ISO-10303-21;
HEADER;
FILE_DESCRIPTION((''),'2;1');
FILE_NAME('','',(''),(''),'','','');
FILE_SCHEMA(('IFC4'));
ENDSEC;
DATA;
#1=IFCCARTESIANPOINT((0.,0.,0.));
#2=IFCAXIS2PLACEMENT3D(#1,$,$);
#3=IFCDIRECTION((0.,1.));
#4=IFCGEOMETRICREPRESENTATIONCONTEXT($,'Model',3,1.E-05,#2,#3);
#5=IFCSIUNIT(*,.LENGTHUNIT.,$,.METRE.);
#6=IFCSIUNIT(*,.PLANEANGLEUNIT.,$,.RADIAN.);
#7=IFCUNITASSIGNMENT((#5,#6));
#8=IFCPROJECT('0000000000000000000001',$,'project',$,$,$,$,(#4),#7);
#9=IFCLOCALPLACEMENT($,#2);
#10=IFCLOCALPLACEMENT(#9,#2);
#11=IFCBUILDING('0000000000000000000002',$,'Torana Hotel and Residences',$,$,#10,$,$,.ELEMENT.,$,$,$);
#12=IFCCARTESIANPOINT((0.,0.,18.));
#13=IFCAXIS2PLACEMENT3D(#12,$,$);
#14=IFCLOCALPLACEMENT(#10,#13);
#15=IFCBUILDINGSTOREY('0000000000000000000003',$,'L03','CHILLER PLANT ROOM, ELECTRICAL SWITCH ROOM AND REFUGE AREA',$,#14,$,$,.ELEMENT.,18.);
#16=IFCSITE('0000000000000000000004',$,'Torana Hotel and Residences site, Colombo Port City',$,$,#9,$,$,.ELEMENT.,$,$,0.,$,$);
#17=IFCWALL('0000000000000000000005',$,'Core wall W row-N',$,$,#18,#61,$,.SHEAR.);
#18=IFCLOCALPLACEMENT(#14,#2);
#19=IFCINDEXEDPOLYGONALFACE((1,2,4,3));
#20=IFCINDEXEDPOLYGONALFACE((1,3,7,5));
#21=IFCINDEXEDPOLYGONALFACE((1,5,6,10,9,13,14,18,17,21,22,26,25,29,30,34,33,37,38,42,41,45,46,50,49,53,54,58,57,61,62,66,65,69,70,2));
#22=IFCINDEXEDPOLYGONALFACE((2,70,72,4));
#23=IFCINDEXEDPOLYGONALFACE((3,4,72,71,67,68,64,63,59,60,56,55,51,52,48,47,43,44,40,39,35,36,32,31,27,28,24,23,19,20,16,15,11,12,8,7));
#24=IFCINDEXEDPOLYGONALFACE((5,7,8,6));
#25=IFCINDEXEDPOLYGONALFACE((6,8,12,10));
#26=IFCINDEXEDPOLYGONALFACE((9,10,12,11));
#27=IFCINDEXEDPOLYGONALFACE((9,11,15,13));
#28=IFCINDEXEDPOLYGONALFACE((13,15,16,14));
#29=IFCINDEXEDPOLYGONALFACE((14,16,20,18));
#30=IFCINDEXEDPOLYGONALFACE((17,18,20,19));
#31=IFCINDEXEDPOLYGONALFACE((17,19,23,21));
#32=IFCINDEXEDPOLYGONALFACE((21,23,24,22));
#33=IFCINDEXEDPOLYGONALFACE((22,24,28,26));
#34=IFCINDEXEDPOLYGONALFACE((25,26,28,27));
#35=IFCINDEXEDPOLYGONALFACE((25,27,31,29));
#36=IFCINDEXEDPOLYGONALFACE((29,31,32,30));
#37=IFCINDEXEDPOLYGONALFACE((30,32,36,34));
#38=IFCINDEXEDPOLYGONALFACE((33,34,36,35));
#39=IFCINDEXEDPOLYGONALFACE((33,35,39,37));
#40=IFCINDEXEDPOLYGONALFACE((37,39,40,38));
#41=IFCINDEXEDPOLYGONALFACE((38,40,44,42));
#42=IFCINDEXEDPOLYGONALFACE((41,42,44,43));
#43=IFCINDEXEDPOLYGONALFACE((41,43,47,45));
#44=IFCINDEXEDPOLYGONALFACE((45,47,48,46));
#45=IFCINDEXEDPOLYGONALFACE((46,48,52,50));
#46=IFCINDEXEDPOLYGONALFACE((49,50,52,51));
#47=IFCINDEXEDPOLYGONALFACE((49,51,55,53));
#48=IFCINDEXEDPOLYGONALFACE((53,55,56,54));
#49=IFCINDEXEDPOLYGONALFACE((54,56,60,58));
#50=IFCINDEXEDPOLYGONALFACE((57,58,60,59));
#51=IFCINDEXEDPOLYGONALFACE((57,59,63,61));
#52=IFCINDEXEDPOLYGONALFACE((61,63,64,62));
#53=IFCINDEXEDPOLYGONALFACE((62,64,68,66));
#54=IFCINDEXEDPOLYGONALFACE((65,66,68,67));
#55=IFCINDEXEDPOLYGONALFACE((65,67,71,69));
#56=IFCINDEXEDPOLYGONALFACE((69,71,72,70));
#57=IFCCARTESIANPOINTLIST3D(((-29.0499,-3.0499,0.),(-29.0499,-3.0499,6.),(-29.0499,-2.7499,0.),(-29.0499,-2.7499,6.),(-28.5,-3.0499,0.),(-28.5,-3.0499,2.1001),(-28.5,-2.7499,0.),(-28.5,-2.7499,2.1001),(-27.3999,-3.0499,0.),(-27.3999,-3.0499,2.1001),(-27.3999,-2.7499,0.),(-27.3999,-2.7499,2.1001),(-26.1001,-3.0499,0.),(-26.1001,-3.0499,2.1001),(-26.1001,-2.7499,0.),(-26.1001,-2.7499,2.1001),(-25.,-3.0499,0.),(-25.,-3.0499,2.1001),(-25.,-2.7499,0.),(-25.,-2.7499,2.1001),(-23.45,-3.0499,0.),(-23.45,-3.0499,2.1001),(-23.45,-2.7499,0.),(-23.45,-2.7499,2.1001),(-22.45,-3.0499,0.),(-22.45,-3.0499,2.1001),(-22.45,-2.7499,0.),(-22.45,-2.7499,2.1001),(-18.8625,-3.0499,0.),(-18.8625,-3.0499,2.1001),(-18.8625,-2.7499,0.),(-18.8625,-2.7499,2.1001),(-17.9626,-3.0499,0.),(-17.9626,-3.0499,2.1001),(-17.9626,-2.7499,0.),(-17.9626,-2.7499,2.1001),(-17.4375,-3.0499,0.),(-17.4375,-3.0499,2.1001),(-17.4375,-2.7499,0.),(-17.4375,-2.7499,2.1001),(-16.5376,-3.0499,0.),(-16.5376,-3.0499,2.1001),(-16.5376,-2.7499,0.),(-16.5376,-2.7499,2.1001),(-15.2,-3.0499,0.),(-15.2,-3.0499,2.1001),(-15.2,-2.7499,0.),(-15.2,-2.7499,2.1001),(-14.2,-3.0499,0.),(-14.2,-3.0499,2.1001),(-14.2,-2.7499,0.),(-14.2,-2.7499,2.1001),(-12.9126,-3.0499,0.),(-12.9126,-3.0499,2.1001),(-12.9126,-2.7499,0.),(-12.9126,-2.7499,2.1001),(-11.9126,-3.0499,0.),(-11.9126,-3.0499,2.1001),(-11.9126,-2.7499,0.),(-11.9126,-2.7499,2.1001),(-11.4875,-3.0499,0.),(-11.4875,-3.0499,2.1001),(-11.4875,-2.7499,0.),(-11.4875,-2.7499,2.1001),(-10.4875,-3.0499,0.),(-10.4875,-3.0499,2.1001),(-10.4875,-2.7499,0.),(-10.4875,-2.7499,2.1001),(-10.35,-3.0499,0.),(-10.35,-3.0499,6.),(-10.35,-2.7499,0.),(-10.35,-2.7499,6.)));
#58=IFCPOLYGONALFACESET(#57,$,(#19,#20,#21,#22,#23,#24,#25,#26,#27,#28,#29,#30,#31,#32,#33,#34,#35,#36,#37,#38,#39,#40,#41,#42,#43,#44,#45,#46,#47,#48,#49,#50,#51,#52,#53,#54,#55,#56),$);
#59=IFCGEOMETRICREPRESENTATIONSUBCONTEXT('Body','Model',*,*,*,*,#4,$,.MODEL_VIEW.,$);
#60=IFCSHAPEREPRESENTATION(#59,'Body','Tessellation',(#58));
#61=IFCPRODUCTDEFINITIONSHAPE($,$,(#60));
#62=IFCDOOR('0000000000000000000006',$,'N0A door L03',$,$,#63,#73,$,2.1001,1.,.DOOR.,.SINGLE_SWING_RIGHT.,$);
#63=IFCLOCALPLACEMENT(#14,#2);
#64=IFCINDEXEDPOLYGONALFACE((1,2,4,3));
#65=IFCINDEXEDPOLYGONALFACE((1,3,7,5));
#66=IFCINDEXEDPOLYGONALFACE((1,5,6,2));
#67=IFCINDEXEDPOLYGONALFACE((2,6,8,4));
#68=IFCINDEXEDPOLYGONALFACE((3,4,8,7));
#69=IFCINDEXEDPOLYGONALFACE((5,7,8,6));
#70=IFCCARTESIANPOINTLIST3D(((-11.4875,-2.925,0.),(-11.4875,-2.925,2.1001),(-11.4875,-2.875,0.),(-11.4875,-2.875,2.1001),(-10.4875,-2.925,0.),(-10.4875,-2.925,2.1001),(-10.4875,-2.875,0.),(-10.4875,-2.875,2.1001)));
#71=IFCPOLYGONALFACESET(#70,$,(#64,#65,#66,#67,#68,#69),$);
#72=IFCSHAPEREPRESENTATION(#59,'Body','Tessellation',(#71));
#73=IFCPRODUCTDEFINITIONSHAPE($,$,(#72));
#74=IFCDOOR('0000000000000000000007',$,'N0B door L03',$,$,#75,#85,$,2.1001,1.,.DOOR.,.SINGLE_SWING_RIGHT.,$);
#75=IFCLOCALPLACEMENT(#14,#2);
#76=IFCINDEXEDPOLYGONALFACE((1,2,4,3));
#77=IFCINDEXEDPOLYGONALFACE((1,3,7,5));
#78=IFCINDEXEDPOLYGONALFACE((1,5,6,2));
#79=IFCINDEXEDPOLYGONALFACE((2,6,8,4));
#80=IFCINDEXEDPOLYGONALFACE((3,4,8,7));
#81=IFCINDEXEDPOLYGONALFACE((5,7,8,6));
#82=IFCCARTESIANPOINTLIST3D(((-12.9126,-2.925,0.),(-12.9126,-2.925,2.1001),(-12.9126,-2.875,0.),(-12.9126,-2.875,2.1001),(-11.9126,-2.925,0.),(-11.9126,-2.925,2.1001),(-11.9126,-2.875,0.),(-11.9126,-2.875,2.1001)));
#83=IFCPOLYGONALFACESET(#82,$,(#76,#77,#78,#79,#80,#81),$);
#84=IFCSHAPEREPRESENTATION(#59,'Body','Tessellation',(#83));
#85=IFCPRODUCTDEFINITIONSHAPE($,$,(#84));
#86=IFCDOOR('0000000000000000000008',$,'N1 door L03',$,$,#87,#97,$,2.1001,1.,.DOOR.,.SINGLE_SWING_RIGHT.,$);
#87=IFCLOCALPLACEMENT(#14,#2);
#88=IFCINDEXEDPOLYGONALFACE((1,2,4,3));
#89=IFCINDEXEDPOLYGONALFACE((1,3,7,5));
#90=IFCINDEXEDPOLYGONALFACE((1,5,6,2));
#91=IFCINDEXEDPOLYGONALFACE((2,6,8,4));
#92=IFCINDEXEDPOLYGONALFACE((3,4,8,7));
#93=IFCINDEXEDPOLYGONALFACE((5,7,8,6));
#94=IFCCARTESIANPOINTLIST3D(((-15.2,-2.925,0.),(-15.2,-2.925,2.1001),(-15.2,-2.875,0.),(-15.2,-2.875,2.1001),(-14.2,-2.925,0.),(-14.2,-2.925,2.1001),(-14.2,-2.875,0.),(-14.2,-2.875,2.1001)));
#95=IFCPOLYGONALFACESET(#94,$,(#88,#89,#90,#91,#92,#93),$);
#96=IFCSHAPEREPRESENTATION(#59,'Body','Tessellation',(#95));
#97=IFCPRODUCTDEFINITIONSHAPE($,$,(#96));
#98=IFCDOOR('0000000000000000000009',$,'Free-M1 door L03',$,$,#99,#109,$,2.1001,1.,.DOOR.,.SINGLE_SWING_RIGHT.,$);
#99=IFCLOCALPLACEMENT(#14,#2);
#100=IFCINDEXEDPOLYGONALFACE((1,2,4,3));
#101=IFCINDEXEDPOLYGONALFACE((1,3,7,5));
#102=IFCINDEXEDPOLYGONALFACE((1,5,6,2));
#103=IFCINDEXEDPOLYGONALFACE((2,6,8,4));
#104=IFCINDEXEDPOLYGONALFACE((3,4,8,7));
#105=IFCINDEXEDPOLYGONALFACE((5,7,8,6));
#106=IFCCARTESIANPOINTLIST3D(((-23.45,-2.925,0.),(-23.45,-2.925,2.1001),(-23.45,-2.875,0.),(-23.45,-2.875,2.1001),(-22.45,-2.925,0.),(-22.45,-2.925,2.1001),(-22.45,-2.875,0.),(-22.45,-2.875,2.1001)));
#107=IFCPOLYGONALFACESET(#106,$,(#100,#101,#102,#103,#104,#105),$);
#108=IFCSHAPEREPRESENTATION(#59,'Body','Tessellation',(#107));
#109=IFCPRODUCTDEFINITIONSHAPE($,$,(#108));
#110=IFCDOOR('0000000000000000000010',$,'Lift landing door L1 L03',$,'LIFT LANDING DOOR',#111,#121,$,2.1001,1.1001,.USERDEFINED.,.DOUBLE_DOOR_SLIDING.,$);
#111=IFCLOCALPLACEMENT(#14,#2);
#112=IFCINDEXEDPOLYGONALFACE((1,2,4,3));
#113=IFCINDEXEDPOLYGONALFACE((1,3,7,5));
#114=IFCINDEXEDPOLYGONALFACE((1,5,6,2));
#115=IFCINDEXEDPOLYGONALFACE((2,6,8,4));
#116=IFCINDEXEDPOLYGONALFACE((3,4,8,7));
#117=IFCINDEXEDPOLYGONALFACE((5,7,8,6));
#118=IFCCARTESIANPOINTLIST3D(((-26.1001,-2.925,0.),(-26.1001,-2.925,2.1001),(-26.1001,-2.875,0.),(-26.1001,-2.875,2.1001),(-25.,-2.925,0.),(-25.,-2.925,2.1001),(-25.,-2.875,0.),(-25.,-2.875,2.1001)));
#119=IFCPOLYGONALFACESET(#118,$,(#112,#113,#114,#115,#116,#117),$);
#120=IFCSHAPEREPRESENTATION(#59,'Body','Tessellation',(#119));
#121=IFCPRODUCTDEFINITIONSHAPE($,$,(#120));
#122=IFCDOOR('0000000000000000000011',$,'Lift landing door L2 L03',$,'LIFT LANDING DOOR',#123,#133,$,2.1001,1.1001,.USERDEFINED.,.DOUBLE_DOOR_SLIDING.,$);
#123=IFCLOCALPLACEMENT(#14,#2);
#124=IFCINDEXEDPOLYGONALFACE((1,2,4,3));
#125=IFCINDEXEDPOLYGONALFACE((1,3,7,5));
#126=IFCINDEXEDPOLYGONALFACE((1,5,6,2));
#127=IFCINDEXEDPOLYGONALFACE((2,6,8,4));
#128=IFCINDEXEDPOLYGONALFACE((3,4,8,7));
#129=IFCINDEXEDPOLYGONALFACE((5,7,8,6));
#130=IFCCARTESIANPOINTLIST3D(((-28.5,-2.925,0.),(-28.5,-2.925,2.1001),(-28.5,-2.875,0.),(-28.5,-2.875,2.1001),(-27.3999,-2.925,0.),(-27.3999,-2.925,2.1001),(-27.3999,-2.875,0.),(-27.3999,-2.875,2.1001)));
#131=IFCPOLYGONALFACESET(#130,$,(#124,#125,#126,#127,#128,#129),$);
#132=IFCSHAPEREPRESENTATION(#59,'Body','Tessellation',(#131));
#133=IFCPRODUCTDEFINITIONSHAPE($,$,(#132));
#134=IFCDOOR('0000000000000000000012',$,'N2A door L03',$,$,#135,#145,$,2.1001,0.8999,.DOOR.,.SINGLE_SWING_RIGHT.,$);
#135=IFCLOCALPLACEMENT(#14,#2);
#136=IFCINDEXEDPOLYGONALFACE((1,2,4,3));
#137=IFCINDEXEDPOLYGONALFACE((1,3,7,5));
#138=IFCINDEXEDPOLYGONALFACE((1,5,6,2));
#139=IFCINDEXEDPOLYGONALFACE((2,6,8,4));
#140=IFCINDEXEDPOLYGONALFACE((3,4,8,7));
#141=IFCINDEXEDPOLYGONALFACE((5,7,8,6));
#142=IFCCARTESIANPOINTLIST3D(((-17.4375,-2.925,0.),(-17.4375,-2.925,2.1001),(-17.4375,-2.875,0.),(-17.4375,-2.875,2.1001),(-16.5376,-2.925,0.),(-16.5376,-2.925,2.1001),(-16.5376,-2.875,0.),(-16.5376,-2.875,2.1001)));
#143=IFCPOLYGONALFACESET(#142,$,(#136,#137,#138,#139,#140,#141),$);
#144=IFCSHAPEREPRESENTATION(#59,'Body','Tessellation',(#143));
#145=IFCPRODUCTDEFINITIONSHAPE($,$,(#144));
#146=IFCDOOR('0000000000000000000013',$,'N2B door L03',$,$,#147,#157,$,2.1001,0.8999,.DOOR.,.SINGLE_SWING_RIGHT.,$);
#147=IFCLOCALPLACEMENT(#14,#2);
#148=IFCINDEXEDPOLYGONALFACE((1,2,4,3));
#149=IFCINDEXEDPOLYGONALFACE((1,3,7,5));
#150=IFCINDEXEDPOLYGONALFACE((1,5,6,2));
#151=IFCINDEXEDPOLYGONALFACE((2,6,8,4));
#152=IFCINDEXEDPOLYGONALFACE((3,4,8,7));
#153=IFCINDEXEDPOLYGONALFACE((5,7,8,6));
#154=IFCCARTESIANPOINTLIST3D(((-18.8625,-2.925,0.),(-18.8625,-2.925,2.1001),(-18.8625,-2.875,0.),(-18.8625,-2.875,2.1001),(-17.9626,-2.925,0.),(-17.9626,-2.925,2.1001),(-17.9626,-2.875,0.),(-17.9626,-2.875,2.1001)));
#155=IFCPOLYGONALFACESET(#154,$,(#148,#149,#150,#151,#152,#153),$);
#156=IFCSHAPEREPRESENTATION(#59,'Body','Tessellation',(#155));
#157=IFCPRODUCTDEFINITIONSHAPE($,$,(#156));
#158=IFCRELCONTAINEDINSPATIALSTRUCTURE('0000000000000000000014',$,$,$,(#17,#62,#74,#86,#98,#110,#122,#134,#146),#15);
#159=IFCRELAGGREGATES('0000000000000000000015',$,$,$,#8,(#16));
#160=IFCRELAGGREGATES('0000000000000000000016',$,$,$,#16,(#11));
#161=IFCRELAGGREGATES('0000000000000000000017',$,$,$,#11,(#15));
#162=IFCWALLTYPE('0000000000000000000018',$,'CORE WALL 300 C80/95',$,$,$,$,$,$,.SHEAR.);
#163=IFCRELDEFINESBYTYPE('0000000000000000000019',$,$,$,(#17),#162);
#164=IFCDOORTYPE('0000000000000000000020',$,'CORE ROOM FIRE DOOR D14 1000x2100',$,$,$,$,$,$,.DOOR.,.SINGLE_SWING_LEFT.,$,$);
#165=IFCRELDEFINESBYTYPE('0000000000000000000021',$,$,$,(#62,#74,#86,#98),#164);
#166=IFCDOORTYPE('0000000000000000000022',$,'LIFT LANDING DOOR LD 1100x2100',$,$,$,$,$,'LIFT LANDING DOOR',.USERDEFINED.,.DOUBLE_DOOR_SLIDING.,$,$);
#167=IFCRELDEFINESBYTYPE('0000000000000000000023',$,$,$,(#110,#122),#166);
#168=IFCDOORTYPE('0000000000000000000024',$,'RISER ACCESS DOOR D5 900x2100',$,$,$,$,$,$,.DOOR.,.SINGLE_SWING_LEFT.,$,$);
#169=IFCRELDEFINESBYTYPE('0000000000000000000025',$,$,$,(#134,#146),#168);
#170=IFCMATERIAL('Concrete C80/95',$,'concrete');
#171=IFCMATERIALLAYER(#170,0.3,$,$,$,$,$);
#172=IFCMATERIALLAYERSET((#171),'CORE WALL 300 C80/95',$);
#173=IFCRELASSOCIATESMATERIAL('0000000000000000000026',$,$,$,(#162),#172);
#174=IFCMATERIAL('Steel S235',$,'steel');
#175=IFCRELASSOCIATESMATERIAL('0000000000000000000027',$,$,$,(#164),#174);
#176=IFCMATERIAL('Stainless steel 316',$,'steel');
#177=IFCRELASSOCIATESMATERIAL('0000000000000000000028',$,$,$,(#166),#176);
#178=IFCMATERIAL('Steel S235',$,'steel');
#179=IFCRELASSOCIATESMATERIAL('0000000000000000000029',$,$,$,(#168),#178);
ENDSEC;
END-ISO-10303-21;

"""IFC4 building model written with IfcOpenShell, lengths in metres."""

from ifc_helpers import new_model, si_unit, direction, frame, frame_2d, origin, place, context, subcontext, project, spatial, rectangle, extrude, material, layer, layer_set, type_object, element, fill, save


model = new_model("IFC4")

# Units and contexts
model_context = context("Model", 3, precision=1e-05, world=origin(), true_north=direction((0.0, 1.0)))
body_context = subcontext(model_context, "Body", "Model", "MODEL_VIEW")
ifc_project = project(units=[si_unit("LENGTHUNIT", "METRE"), si_unit("PLANEANGLEUNIT", "RADIAN")], contexts=[model_context])

# Site, building, storey
site_placement = place(None, origin())
site = spatial("IfcSite", under=ifc_project, at=site_placement, Name="Torana Hotel and Residences site, Colombo Port City", CompositionType="ELEMENT", RefElevation=0.0)
building_placement = place(site_placement, origin())
building = spatial("IfcBuilding", under=site, at=building_placement, Name="Torana Hotel and Residences", CompositionType="ELEMENT")
storey_placement = place(building_placement, frame((0.0, 0.0, 18.0)))
storey = spatial("IfcBuildingStorey", under=building, at=storey_placement, Name="L03", Description="CHILLER PLANT ROOM, ELECTRICAL SWITCH ROOM AND REFUGE AREA", CompositionType="ELEMENT", Elevation=18.0)

# Wall, openings, doors
ifc_material_1 = material(Name="Concrete C80/95", Category="concrete")
ifc_layer_1 = layer(ifc_material_1, 0.3)
ifc_layer_set_1 = layer_set([ifc_layer_1], Name="CORE WALL 300 C80/95")
wall_type_1 = type_object("IfcWallType", Name="CORE WALL 300 C80/95", PredefinedType="SHEAR", material=ifc_layer_set_1)
wall_1_placement = place(storey_placement, frame((-29.05, -2.8999, 0.0), z_axis=(0.0, 0.0, 1.0), x_axis=(1.0, 0.0, 0.0)))
wall_1 = element("IfcWall", 1, at=wall_1_placement, inside=storey, type_object=wall_type_1, Name="Core wall W row-N", PredefinedType="SHEAR", context=body_context, shape_type="SweptSolid", body=[
    extrude(rectangle(XDim=18.7, YDim=0.3, at=frame_2d((9.3501, 0.0))), origin(), (0.0, 0.0, 1.0), 6.0),
])
opening_1_placement = place(wall_1_placement, frame((2.95, 0.0, 0.0)))
opening_1 = element("IfcOpeningElement", 2, at=opening_1_placement, cuts=wall_1, PredefinedType="OPENING", context=body_context, shape_type="SweptSolid", body=[
    extrude(rectangle(XDim=1.1001, YDim=2.1001, at=frame_2d((0.55, 1.05))), frame((0.0, 0.1599, 0.0), z_axis=(0.0, -1.0, 0.0), x_axis=(1.0, 0.0, 0.0)), (0.0, 0.0, 1.0), 0.3201),
])
opening_2_placement = place(wall_1_placement, frame((0.55, 0.0, 0.0)))
opening_2 = element("IfcOpeningElement", 3, at=opening_2_placement, cuts=wall_1, PredefinedType="OPENING", context=body_context, shape_type="SweptSolid", body=[
    extrude(rectangle(XDim=1.1001, YDim=2.1001, at=frame_2d((0.55, 1.05))), frame((0.0, 0.1599, 0.0), z_axis=(0.0, -1.0, 0.0), x_axis=(1.0, 0.0, 0.0)), (0.0, 0.0, 1.0), 0.3201),
])
opening_3_placement = place(wall_1_placement, frame((11.6125, 0.0, 0.0)))
opening_3 = element("IfcOpeningElement", 4, at=opening_3_placement, cuts=wall_1, PredefinedType="OPENING", context=body_context, shape_type="SweptSolid", body=[
    extrude(rectangle(XDim=0.8999, YDim=2.1001, at=frame_2d((0.45, 1.05))), frame((0.0, 0.1599, 0.0), z_axis=(0.0, -1.0, 0.0), x_axis=(1.0, 0.0, 0.0)), (0.0, 0.0, 1.0), 0.3201),
])
opening_4_placement = place(wall_1_placement, frame((10.1875, 0.0, 0.0)))
opening_4 = element("IfcOpeningElement", 5, at=opening_4_placement, cuts=wall_1, PredefinedType="OPENING", context=body_context, shape_type="SweptSolid", body=[
    extrude(rectangle(XDim=0.8999, YDim=2.1001, at=frame_2d((0.45, 1.05))), frame((0.0, 0.1599, 0.0), z_axis=(0.0, -1.0, 0.0), x_axis=(1.0, 0.0, 0.0)), (0.0, 0.0, 1.0), 0.3201),
])
opening_5_placement = place(wall_1_placement, frame((17.5625, 0.0, 0.0)))
opening_5 = element("IfcOpeningElement", 6, at=opening_5_placement, cuts=wall_1, PredefinedType="OPENING", context=body_context, shape_type="SweptSolid", body=[
    extrude(rectangle(XDim=1.0, YDim=2.1001, at=frame_2d((0.5, 1.05))), frame((0.0, 0.1599, 0.0), z_axis=(0.0, -1.0, 0.0), x_axis=(1.0, 0.0, 0.0)), (0.0, 0.0, 1.0), 0.3201),
])
opening_6_placement = place(wall_1_placement, frame((16.1375, 0.0, 0.0)))
opening_6 = element("IfcOpeningElement", 7, at=opening_6_placement, cuts=wall_1, PredefinedType="OPENING", context=body_context, shape_type="SweptSolid", body=[
    extrude(rectangle(XDim=1.0, YDim=2.1001, at=frame_2d((0.5, 1.05))), frame((0.0, 0.1599, 0.0), z_axis=(0.0, -1.0, 0.0), x_axis=(1.0, 0.0, 0.0)), (0.0, 0.0, 1.0), 0.3201),
])
opening_7_placement = place(wall_1_placement, frame((13.8501, 0.0, 0.0)))
opening_7 = element("IfcOpeningElement", 8, at=opening_7_placement, cuts=wall_1, PredefinedType="OPENING", context=body_context, shape_type="SweptSolid", body=[
    extrude(rectangle(XDim=1.0, YDim=2.1001, at=frame_2d((0.5, 1.05))), frame((0.0, 0.1599, 0.0), z_axis=(0.0, -1.0, 0.0), x_axis=(1.0, 0.0, 0.0)), (0.0, 0.0, 1.0), 0.3201),
])
opening_8_placement = place(wall_1_placement, frame((5.6001, 0.0, 0.0)))
opening_8 = element("IfcOpeningElement", 9, at=opening_8_placement, cuts=wall_1, PredefinedType="OPENING", context=body_context, shape_type="SweptSolid", body=[
    extrude(rectangle(XDim=1.0, YDim=2.1001, at=frame_2d((0.5, 1.05))), frame((0.0, 0.1599, 0.0), z_axis=(0.0, -1.0, 0.0), x_axis=(1.0, 0.0, 0.0)), (0.0, 0.0, 1.0), 0.3201),
])
ifc_material_2 = material(Name="Steel S235", Category="steel")
door_type_1 = type_object("IfcDoorType", Name="CORE ROOM FIRE DOOR D14 1000x2100", OperationType="SINGLE_SWING_LEFT", PredefinedType="DOOR", material=ifc_material_2)
door_1_placement = place(opening_5_placement, origin())
door_1 = element("IfcDoor", 10, at=door_1_placement, inside=storey, type_object=door_type_1, Name="N0A door L03", OperationType="SINGLE_SWING_RIGHT", OverallHeight=2.1001, OverallWidth=1.0, PredefinedType="DOOR", context=body_context, shape_type="SweptSolid", body=[
    extrude(rectangle(XDim=1.0, YDim=2.1001, at=frame_2d((0.5, 1.05))), frame((0.0, 0.0249, 0.0), z_axis=(0.0, -1.0, 0.0), x_axis=(1.0, 0.0, 0.0)), (0.0, 0.0, 1.0), 0.05),
])
fill(opening_5, door_1)
door_2_placement = place(opening_6_placement, origin())
door_2 = element("IfcDoor", 11, at=door_2_placement, inside=storey, type_object=door_type_1, Name="N0B door L03", OperationType="SINGLE_SWING_RIGHT", OverallHeight=2.1001, OverallWidth=1.0, PredefinedType="DOOR", context=body_context, shape_type="SweptSolid", body=[
    extrude(rectangle(XDim=1.0, YDim=2.1001, at=frame_2d((0.5, 1.05))), frame((0.0, 0.0249, 0.0), z_axis=(0.0, -1.0, 0.0), x_axis=(1.0, 0.0, 0.0)), (0.0, 0.0, 1.0), 0.05),
])
fill(opening_6, door_2)
door_3_placement = place(opening_7_placement, origin())
door_3 = element("IfcDoor", 12, at=door_3_placement, inside=storey, type_object=door_type_1, Name="N1 door L03", OperationType="SINGLE_SWING_RIGHT", OverallHeight=2.1001, OverallWidth=1.0, PredefinedType="DOOR", context=body_context, shape_type="SweptSolid", body=[
    extrude(rectangle(XDim=1.0, YDim=2.1001, at=frame_2d((0.5, 1.05))), frame((0.0, 0.0249, 0.0), z_axis=(0.0, -1.0, 0.0), x_axis=(1.0, 0.0, 0.0)), (0.0, 0.0, 1.0), 0.05),
])
fill(opening_7, door_3)
door_4_placement = place(opening_8_placement, origin())
door_4 = element("IfcDoor", 13, at=door_4_placement, inside=storey, type_object=door_type_1, Name="Free-M1 door L03", OperationType="SINGLE_SWING_RIGHT", OverallHeight=2.1001, OverallWidth=1.0, PredefinedType="DOOR", context=body_context, shape_type="SweptSolid", body=[
    extrude(rectangle(XDim=1.0, YDim=2.1001, at=frame_2d((0.5, 1.05))), frame((0.0, 0.0249, 0.0), z_axis=(0.0, -1.0, 0.0), x_axis=(1.0, 0.0, 0.0)), (0.0, 0.0, 1.0), 0.05),
])
fill(opening_8, door_4)
ifc_material_3 = material(Name="Stainless steel 316", Category="steel")
door_type_2 = type_object("IfcDoorType", Name="LIFT LANDING DOOR LD 1100x2100", ElementType="LIFT LANDING DOOR", OperationType="DOUBLE_DOOR_SLIDING", PredefinedType="USERDEFINED", material=ifc_material_3)
door_5_placement = place(opening_1_placement, origin())
door_5 = element("IfcDoor", 14, at=door_5_placement, inside=storey, type_object=door_type_2, Name="Lift landing door L1 L03", ObjectType="LIFT LANDING DOOR", OperationType="DOUBLE_DOOR_SLIDING", OverallHeight=2.1001, OverallWidth=1.1001, PredefinedType="USERDEFINED", context=body_context, shape_type="SweptSolid", body=[
    extrude(rectangle(XDim=1.1001, YDim=2.1001, at=frame_2d((0.55, 1.05))), frame((0.0, 0.0249, 0.0), z_axis=(0.0, -1.0, 0.0), x_axis=(1.0, 0.0, 0.0)), (0.0, 0.0, 1.0), 0.05),
])
fill(opening_1, door_5)
door_6_placement = place(opening_2_placement, origin())
door_6 = element("IfcDoor", 15, at=door_6_placement, inside=storey, type_object=door_type_2, Name="Lift landing door L2 L03", ObjectType="LIFT LANDING DOOR", OperationType="DOUBLE_DOOR_SLIDING", OverallHeight=2.1001, OverallWidth=1.1001, PredefinedType="USERDEFINED", context=body_context, shape_type="SweptSolid", body=[
    extrude(rectangle(XDim=1.1001, YDim=2.1001, at=frame_2d((0.55, 1.05))), frame((0.0, 0.0249, 0.0), z_axis=(0.0, -1.0, 0.0), x_axis=(1.0, 0.0, 0.0)), (0.0, 0.0, 1.0), 0.05),
])
fill(opening_2, door_6)
ifc_material_4 = material(Name="Steel S235", Category="steel")
door_type_3 = type_object("IfcDoorType", Name="RISER ACCESS DOOR D5 900x2100", OperationType="SINGLE_SWING_LEFT", PredefinedType="DOOR", material=ifc_material_4)
door_7_placement = place(opening_3_placement, origin())
door_7 = element("IfcDoor", 16, at=door_7_placement, inside=storey, type_object=door_type_3, Name="N2A door L03", OperationType="SINGLE_SWING_RIGHT", OverallHeight=2.1001, OverallWidth=0.8999, PredefinedType="DOOR", context=body_context, shape_type="SweptSolid", body=[
    extrude(rectangle(XDim=0.8999, YDim=2.1001, at=frame_2d((0.45, 1.05))), frame((0.0, 0.0249, 0.0), z_axis=(0.0, -1.0, 0.0), x_axis=(1.0, 0.0, 0.0)), (0.0, 0.0, 1.0), 0.05),
])
fill(opening_3, door_7)
door_8_placement = place(opening_4_placement, origin())
door_8 = element("IfcDoor", 17, at=door_8_placement, inside=storey, type_object=door_type_3, Name="N2B door L03", OperationType="SINGLE_SWING_RIGHT", OverallHeight=2.1001, OverallWidth=0.8999, PredefinedType="DOOR", context=body_context, shape_type="SweptSolid", body=[
    extrude(rectangle(XDim=0.8999, YDim=2.1001, at=frame_2d((0.45, 1.05))), frame((0.0, 0.0249, 0.0), z_axis=(0.0, -1.0, 0.0), x_axis=(1.0, 0.0, 0.0)), (0.0, 0.0, 1.0), 0.05),
])
fill(opening_4, door_8)

save(model, "model.ifc")
